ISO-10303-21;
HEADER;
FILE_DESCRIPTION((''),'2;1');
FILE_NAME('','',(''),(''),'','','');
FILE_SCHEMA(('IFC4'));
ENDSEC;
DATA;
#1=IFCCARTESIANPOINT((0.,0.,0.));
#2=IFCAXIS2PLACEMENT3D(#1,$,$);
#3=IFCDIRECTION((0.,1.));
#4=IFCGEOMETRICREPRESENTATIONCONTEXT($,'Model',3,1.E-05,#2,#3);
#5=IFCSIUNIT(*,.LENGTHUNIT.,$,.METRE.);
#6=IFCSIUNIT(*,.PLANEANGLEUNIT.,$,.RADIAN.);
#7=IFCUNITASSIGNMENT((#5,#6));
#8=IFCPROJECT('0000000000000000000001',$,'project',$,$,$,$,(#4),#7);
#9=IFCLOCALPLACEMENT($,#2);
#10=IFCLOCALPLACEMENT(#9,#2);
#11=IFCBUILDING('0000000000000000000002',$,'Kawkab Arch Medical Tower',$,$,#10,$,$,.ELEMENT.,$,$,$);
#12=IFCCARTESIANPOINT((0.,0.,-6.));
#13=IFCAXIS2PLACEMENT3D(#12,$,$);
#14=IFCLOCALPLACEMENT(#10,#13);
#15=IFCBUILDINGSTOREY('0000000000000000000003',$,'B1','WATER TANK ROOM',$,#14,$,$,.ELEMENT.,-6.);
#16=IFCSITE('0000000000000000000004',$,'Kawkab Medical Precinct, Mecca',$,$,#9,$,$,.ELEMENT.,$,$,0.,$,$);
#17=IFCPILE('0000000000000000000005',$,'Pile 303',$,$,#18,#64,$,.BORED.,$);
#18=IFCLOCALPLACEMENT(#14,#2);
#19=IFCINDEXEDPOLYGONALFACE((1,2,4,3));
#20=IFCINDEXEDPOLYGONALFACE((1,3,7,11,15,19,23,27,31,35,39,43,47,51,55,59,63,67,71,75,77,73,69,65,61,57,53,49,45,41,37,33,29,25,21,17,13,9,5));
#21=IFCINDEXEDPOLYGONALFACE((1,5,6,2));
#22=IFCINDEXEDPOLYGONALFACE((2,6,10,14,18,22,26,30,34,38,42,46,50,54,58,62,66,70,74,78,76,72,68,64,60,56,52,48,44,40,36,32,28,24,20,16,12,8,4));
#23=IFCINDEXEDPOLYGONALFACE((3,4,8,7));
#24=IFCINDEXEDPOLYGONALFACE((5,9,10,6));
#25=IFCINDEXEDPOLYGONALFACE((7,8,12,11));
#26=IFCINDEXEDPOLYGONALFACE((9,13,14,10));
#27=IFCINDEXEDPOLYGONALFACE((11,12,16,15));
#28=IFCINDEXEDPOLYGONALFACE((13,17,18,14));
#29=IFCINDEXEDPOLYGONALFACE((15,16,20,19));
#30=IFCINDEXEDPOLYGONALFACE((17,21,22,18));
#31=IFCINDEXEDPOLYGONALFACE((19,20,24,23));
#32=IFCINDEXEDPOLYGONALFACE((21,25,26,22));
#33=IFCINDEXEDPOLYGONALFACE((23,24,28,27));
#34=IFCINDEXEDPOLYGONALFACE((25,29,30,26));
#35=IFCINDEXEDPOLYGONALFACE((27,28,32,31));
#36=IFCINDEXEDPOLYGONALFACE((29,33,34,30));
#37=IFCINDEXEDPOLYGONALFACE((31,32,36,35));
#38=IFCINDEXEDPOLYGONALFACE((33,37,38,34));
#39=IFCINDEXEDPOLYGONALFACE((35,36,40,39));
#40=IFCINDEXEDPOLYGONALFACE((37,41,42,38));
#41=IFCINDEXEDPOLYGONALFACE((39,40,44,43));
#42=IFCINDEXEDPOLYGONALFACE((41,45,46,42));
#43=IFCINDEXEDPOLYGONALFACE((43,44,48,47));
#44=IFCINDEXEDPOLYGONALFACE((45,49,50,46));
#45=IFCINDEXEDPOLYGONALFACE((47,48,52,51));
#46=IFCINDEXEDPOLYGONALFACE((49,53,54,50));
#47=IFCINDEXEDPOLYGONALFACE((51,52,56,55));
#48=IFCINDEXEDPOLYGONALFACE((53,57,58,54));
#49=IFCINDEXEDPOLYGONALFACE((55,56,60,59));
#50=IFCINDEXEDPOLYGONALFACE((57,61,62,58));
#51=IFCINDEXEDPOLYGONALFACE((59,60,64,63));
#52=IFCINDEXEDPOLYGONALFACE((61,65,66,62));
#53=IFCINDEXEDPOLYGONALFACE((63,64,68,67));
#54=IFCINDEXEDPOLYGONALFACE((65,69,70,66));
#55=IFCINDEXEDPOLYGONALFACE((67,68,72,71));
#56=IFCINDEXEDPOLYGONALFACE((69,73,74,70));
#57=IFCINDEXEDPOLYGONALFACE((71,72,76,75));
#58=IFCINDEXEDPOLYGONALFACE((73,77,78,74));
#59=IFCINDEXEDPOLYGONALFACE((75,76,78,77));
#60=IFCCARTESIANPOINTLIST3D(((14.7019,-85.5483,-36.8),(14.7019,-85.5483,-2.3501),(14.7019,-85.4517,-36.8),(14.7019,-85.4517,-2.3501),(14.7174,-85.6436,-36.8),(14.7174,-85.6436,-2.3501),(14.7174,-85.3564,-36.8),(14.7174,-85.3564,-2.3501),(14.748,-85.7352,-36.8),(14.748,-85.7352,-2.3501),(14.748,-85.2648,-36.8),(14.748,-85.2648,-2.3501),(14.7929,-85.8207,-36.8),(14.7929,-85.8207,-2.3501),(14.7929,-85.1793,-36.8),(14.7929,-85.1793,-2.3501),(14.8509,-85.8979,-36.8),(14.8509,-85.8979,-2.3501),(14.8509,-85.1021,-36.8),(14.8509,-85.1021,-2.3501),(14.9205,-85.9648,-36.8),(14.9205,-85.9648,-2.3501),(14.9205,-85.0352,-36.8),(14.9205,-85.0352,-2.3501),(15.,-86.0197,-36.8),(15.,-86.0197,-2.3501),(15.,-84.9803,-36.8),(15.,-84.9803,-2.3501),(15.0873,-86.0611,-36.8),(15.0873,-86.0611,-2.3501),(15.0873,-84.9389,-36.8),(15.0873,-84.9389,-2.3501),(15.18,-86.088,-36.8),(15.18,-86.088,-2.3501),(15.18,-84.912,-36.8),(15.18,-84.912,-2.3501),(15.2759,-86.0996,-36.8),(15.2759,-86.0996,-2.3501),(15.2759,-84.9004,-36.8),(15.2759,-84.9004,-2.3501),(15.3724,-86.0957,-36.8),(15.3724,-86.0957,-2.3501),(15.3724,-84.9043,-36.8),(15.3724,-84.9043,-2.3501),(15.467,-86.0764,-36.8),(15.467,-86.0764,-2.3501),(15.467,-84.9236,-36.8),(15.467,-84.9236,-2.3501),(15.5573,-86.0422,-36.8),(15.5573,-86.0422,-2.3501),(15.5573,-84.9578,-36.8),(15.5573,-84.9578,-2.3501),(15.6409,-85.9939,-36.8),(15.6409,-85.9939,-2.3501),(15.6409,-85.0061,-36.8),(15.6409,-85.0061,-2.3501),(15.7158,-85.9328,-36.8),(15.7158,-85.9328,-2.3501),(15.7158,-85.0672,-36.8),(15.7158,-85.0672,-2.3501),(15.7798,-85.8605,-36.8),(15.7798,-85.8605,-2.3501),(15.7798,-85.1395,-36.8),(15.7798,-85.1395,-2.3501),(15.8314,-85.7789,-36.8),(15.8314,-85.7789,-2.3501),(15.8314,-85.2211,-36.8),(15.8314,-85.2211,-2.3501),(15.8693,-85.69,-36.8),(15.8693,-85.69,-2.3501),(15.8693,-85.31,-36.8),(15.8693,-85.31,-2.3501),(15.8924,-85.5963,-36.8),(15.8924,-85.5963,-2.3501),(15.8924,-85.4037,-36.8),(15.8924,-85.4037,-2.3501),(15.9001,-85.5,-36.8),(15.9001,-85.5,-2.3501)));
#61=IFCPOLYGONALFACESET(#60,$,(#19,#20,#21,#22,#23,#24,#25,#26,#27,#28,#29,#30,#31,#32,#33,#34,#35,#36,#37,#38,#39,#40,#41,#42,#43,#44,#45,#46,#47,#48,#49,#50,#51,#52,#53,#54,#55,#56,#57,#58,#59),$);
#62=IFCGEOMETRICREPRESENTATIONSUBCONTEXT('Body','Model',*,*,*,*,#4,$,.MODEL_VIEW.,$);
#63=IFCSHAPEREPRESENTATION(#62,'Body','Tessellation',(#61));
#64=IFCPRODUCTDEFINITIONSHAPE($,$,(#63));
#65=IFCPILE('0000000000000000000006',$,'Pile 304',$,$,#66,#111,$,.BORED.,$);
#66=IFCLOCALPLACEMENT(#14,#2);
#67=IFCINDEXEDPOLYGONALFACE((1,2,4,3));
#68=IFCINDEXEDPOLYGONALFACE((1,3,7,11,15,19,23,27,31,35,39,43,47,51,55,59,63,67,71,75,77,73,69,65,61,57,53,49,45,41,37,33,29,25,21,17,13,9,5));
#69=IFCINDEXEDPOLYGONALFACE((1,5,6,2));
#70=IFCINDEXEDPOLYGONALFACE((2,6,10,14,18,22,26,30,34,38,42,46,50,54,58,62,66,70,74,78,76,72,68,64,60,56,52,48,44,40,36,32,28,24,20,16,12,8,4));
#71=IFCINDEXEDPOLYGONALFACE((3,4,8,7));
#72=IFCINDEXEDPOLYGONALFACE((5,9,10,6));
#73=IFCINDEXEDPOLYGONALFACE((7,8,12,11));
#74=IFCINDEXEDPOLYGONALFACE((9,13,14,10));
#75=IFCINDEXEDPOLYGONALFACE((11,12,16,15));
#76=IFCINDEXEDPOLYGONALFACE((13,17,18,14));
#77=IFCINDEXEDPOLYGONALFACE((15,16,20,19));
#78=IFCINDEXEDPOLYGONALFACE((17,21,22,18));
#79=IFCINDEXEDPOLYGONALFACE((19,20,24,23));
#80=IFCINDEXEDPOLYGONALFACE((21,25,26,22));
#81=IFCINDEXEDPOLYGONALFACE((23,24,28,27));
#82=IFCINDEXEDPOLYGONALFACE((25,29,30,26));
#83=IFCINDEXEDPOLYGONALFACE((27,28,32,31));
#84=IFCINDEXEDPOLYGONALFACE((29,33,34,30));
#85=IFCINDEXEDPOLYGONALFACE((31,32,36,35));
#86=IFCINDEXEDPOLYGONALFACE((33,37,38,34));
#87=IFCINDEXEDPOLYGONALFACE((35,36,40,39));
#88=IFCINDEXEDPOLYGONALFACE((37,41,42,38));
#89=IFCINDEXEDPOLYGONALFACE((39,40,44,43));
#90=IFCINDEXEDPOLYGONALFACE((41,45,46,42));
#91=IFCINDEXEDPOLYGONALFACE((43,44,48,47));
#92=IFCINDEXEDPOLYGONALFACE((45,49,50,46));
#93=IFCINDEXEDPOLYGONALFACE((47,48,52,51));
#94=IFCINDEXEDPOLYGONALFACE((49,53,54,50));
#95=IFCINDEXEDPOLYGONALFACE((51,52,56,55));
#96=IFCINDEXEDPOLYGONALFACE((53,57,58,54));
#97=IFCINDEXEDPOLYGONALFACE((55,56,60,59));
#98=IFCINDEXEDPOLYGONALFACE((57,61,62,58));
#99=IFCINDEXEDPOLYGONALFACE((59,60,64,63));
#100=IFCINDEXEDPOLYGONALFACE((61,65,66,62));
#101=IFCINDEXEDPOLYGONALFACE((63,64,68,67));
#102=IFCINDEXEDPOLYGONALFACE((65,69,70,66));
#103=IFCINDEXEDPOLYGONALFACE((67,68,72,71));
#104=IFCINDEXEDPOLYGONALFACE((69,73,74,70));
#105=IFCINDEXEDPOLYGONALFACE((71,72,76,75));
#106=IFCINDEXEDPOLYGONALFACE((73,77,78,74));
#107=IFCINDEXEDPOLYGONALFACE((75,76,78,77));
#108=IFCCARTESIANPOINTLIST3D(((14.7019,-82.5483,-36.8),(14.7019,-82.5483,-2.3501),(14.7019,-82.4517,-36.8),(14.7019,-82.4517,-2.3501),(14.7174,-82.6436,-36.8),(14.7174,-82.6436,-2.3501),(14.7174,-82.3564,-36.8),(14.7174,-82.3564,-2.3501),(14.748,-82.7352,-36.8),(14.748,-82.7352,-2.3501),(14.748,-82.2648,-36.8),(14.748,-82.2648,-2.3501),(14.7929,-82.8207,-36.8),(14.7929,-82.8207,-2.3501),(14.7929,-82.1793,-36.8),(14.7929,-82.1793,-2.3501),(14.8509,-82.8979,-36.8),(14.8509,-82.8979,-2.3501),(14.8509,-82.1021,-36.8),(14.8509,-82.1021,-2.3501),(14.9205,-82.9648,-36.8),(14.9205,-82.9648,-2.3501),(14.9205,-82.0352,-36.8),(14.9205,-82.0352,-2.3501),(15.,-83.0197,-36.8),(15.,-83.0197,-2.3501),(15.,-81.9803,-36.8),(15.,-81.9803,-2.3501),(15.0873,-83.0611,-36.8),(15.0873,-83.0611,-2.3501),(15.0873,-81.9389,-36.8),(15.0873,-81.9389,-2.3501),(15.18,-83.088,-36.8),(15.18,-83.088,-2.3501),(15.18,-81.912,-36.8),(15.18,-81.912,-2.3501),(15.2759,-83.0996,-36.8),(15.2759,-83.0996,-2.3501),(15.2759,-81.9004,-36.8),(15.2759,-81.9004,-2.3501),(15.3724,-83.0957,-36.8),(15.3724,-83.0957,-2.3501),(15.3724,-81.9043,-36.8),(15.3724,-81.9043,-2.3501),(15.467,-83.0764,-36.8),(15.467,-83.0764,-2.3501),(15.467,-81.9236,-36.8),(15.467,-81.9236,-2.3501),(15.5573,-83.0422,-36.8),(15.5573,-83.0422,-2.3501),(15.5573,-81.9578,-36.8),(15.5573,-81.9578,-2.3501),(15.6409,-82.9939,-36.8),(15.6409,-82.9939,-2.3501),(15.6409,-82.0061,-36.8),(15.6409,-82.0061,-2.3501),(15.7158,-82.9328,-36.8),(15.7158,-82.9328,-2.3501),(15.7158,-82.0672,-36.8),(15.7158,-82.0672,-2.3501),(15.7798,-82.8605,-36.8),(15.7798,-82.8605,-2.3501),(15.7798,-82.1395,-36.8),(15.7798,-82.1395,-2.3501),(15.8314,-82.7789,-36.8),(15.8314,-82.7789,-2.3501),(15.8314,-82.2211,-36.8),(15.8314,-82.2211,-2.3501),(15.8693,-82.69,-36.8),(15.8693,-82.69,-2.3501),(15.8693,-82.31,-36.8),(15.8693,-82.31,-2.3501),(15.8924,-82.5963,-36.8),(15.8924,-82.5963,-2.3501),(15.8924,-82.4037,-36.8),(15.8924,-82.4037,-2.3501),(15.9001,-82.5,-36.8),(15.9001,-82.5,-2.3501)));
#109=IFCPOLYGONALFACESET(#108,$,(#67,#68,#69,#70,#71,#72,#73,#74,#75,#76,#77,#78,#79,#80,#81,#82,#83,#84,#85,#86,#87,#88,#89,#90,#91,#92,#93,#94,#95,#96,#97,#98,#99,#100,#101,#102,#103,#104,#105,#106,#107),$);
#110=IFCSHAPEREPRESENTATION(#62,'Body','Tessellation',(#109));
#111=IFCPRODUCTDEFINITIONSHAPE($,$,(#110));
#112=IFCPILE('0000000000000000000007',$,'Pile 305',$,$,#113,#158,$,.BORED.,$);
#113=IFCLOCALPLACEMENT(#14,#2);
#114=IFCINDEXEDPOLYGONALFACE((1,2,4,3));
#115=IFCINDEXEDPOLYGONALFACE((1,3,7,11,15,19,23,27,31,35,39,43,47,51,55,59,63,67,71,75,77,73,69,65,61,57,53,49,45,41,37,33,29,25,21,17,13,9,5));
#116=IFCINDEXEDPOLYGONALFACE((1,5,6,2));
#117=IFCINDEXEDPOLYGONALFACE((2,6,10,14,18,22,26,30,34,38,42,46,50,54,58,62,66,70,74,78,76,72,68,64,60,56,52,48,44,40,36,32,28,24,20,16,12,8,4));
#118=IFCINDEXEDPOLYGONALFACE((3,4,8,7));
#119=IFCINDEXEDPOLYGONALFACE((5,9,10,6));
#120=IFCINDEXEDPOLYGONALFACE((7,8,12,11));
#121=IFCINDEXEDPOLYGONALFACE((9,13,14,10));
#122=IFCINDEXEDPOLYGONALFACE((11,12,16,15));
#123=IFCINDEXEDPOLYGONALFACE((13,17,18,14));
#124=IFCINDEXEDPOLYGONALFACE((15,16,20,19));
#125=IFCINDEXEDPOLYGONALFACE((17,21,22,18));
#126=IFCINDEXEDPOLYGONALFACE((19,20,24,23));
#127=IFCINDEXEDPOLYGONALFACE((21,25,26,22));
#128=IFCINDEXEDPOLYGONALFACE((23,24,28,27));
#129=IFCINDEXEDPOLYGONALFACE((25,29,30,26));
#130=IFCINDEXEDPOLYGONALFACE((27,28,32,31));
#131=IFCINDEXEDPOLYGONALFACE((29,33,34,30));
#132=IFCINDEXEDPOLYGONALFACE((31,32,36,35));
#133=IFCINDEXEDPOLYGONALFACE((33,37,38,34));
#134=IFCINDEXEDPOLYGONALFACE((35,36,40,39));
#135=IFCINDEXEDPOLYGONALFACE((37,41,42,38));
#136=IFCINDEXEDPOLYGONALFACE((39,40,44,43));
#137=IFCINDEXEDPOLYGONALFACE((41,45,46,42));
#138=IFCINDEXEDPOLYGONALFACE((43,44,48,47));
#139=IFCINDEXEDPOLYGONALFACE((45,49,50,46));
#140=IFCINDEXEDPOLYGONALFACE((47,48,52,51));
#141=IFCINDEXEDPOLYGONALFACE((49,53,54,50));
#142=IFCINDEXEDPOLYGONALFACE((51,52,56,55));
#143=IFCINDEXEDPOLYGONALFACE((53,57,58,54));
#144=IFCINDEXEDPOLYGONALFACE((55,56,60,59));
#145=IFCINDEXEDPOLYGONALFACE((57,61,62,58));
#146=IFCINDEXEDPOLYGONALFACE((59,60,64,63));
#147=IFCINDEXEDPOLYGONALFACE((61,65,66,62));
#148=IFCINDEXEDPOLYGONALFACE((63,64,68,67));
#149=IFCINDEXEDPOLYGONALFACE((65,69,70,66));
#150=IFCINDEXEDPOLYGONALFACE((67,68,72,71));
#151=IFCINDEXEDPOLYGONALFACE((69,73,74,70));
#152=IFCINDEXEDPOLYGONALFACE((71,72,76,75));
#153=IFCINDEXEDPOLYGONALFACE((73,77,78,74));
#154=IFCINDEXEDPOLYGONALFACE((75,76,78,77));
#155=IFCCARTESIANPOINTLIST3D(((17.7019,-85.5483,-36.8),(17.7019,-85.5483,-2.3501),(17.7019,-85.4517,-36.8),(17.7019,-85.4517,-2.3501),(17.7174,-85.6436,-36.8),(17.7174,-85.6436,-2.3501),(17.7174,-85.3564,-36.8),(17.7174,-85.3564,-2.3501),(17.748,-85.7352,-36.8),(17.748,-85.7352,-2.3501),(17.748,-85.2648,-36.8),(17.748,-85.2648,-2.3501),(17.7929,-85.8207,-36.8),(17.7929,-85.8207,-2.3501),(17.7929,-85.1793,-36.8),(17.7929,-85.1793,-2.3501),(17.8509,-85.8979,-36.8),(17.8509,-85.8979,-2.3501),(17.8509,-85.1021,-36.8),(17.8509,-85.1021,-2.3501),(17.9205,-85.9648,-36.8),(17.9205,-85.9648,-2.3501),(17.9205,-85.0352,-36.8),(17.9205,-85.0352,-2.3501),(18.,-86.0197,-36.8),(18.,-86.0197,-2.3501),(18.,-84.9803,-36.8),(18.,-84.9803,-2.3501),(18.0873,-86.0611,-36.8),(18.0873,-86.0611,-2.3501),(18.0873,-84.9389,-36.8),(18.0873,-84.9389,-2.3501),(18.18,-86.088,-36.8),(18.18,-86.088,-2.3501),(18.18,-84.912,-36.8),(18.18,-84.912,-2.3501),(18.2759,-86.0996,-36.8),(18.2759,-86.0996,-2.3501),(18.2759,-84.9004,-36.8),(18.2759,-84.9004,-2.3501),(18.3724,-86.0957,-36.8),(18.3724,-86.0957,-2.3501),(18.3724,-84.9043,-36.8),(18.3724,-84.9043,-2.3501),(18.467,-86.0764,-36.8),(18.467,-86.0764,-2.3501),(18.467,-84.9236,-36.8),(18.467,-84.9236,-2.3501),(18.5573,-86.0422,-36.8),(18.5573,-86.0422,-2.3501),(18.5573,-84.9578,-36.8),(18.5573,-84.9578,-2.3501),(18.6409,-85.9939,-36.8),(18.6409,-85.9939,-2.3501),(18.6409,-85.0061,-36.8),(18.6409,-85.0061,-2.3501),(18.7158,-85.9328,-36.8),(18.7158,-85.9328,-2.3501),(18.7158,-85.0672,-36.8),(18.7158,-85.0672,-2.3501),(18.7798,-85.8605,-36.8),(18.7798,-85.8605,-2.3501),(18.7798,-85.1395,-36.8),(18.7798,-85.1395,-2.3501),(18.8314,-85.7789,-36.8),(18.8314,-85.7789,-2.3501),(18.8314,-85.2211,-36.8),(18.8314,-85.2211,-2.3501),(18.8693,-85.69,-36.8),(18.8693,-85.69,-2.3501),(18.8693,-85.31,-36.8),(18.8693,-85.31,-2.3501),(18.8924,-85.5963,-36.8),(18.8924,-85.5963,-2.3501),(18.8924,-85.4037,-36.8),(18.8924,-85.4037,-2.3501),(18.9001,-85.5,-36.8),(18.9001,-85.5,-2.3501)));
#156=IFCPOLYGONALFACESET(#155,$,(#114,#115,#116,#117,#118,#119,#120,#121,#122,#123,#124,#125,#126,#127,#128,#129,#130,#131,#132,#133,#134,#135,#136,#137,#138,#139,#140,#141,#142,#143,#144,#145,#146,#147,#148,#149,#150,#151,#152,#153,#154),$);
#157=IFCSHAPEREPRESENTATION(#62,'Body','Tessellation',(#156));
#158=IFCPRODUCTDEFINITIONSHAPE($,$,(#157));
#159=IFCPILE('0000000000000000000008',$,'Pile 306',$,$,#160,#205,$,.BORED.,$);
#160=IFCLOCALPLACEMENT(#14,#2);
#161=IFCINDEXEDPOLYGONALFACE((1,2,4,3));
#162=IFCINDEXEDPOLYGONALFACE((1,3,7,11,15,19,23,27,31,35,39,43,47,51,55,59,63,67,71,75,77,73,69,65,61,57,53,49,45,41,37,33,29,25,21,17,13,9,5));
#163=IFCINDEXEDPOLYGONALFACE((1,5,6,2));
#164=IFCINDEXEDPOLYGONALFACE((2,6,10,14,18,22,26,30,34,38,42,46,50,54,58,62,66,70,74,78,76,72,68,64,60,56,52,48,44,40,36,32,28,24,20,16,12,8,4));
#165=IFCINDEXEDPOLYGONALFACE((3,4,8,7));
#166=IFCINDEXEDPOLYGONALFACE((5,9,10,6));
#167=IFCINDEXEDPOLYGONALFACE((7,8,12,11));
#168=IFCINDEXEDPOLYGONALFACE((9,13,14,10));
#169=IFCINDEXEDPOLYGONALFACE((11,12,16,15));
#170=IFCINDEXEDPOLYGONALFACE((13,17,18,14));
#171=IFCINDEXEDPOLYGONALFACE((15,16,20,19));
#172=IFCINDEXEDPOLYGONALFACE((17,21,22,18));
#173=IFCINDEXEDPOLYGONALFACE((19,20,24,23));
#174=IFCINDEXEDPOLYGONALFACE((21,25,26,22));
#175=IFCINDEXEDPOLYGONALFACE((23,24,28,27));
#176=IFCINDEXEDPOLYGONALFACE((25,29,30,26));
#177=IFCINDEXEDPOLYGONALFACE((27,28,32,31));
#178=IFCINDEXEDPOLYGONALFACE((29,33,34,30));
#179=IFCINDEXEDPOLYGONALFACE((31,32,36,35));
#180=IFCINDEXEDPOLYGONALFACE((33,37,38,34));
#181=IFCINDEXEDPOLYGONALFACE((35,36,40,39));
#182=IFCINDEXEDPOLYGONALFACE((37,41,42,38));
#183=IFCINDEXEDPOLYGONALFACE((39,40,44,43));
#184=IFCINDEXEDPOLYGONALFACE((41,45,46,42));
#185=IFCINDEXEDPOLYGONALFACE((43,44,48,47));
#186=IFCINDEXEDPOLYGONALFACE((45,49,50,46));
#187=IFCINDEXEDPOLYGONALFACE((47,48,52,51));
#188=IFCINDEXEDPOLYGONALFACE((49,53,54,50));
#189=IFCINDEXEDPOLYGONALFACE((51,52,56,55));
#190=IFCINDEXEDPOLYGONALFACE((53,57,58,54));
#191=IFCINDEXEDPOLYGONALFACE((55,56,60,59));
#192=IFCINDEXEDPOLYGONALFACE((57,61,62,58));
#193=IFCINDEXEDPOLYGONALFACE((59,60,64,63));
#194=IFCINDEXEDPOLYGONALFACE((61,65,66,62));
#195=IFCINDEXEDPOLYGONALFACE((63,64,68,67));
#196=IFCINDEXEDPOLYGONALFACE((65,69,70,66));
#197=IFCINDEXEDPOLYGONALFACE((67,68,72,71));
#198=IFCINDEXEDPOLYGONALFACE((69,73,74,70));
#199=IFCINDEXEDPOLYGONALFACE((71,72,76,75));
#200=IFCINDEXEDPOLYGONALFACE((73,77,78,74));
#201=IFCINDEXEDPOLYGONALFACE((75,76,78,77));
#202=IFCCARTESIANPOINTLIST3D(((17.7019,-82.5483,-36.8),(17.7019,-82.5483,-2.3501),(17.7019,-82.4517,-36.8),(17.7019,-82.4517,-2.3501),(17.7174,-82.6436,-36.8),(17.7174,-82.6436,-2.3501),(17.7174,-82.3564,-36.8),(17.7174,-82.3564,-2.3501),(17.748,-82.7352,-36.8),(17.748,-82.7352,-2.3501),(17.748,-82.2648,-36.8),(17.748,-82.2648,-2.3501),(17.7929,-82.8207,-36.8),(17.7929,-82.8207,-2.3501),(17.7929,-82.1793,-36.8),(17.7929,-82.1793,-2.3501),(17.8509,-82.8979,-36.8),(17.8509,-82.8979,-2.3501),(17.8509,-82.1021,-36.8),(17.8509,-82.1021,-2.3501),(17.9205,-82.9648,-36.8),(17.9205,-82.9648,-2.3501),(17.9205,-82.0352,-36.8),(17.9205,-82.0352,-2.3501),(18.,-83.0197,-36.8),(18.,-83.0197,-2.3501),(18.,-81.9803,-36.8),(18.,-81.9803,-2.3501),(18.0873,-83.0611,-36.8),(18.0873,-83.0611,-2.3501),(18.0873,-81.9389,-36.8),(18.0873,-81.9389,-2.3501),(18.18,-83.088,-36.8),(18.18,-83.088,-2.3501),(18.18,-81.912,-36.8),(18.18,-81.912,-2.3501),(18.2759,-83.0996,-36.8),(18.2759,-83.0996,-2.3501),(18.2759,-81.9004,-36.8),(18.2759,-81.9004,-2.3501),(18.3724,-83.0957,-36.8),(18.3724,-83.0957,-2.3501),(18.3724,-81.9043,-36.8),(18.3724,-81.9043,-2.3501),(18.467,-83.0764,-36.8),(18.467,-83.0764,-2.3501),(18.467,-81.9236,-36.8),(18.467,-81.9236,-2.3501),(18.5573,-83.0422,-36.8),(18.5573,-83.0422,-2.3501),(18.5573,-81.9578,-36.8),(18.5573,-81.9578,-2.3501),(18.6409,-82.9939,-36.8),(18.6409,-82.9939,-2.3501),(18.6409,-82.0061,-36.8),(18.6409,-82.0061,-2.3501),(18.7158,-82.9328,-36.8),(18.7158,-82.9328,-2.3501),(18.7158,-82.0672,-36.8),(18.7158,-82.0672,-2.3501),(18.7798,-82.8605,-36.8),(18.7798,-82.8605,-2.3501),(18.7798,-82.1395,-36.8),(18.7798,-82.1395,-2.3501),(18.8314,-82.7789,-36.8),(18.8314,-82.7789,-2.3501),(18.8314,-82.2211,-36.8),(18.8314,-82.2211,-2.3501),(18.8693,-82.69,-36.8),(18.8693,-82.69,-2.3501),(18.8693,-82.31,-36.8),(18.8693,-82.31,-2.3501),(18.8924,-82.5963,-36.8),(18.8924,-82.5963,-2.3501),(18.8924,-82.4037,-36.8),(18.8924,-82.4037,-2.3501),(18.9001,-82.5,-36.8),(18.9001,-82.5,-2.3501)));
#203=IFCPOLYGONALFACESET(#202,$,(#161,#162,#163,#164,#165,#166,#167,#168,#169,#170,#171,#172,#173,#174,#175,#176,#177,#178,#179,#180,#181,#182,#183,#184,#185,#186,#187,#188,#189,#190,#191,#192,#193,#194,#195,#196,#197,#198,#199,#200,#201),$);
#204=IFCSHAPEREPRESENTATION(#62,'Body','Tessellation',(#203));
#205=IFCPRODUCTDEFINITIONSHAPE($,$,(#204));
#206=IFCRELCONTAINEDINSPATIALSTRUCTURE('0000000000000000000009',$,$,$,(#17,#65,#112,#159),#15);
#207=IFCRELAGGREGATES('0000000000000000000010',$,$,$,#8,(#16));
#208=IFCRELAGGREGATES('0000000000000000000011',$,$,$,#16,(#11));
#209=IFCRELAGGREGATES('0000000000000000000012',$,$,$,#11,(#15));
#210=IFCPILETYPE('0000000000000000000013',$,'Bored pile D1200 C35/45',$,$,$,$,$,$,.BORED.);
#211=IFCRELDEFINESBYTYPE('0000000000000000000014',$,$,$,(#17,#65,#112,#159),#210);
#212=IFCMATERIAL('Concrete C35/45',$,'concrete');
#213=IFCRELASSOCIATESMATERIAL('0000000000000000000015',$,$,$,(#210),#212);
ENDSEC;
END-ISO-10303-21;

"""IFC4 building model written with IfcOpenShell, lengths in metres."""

from ifc_helpers import new_model, si_unit, direction, frame, origin, origin_2d, place, context, subcontext, project, spatial, circle, extrude, material, material_profile, profile_set, type_object, element, save


model = new_model("IFC4")

# Units and contexts
model_context = context("Model", 3, precision=1e-05, world=origin(), true_north=direction((0.0, 1.0)))
body_context = subcontext(model_context, "Body", "Model", "MODEL_VIEW")
ifc_project = project(units=[si_unit("LENGTHUNIT", "METRE"), si_unit("PLANEANGLEUNIT", "RADIAN")], contexts=[model_context])

# Site, building, storey
site_placement = place(None, origin())
site = spatial("IfcSite", under=ifc_project, at=site_placement, Name="Kawkab Medical Precinct, Mecca", CompositionType="ELEMENT", RefElevation=0.0)
building_placement = place(site_placement, origin())
building = spatial("IfcBuilding", under=site, at=building_placement, Name="Kawkab Arch Medical Tower", CompositionType="ELEMENT")
storey_placement = place(building_placement, frame((0.0, 0.0, -6.0)))
storey = spatial("IfcBuildingStorey", under=building, at=storey_placement, Name="B1", Description="WATER TANK ROOM", CompositionType="ELEMENT", Elevation=-6.0)

# Piles
ifc_material_1 = material(Name="Concrete C35/45", Category="concrete")
ifc_material_profile_1 = material_profile(ifc_material_1, circle(Radius=0.6001, at=origin_2d()), Name="Bored pile D1200")
ifc_profile_set_1 = profile_set([ifc_material_profile_1], Name="Concrete C35/45")
pile_type = type_object("IfcPileType", Name="Bored pile D1200 C35/45", PredefinedType="BORED", material=ifc_profile_set_1)
for number, where, z_axis, x_axis, name in (
    (1, (15.3, -85.5, -2.3501), (0.0, 0.0, -1.0), (1.0, 0.0, 0.0), "Pile 303"),
    (2, (15.3, -82.5, -2.3501), (0.0, 0.0, -1.0), (1.0, 0.0, 0.0), "Pile 304"),
    (3, (18.3, -85.5, -2.3501), (0.0, 0.0, -1.0), (1.0, 0.0, 0.0), "Pile 305"),
    (4, (18.3, -82.5, -2.3501), (0.0, 0.0, -1.0), (1.0, 0.0, 0.0), "Pile 306"),
):
    element("IfcPile", number, at=place(storey_placement, frame(where, z_axis=z_axis, x_axis=x_axis)), inside=storey, type_object=pile_type, Name=name, PredefinedType="BORED", context=body_context, shape_type="SweptSolid", body=[
        extrude(circle(Radius=0.6001, at=origin_2d()), origin(), (0.0, 0.0, 1.0), 34.45),
    ])

save(model, "model.ifc")
